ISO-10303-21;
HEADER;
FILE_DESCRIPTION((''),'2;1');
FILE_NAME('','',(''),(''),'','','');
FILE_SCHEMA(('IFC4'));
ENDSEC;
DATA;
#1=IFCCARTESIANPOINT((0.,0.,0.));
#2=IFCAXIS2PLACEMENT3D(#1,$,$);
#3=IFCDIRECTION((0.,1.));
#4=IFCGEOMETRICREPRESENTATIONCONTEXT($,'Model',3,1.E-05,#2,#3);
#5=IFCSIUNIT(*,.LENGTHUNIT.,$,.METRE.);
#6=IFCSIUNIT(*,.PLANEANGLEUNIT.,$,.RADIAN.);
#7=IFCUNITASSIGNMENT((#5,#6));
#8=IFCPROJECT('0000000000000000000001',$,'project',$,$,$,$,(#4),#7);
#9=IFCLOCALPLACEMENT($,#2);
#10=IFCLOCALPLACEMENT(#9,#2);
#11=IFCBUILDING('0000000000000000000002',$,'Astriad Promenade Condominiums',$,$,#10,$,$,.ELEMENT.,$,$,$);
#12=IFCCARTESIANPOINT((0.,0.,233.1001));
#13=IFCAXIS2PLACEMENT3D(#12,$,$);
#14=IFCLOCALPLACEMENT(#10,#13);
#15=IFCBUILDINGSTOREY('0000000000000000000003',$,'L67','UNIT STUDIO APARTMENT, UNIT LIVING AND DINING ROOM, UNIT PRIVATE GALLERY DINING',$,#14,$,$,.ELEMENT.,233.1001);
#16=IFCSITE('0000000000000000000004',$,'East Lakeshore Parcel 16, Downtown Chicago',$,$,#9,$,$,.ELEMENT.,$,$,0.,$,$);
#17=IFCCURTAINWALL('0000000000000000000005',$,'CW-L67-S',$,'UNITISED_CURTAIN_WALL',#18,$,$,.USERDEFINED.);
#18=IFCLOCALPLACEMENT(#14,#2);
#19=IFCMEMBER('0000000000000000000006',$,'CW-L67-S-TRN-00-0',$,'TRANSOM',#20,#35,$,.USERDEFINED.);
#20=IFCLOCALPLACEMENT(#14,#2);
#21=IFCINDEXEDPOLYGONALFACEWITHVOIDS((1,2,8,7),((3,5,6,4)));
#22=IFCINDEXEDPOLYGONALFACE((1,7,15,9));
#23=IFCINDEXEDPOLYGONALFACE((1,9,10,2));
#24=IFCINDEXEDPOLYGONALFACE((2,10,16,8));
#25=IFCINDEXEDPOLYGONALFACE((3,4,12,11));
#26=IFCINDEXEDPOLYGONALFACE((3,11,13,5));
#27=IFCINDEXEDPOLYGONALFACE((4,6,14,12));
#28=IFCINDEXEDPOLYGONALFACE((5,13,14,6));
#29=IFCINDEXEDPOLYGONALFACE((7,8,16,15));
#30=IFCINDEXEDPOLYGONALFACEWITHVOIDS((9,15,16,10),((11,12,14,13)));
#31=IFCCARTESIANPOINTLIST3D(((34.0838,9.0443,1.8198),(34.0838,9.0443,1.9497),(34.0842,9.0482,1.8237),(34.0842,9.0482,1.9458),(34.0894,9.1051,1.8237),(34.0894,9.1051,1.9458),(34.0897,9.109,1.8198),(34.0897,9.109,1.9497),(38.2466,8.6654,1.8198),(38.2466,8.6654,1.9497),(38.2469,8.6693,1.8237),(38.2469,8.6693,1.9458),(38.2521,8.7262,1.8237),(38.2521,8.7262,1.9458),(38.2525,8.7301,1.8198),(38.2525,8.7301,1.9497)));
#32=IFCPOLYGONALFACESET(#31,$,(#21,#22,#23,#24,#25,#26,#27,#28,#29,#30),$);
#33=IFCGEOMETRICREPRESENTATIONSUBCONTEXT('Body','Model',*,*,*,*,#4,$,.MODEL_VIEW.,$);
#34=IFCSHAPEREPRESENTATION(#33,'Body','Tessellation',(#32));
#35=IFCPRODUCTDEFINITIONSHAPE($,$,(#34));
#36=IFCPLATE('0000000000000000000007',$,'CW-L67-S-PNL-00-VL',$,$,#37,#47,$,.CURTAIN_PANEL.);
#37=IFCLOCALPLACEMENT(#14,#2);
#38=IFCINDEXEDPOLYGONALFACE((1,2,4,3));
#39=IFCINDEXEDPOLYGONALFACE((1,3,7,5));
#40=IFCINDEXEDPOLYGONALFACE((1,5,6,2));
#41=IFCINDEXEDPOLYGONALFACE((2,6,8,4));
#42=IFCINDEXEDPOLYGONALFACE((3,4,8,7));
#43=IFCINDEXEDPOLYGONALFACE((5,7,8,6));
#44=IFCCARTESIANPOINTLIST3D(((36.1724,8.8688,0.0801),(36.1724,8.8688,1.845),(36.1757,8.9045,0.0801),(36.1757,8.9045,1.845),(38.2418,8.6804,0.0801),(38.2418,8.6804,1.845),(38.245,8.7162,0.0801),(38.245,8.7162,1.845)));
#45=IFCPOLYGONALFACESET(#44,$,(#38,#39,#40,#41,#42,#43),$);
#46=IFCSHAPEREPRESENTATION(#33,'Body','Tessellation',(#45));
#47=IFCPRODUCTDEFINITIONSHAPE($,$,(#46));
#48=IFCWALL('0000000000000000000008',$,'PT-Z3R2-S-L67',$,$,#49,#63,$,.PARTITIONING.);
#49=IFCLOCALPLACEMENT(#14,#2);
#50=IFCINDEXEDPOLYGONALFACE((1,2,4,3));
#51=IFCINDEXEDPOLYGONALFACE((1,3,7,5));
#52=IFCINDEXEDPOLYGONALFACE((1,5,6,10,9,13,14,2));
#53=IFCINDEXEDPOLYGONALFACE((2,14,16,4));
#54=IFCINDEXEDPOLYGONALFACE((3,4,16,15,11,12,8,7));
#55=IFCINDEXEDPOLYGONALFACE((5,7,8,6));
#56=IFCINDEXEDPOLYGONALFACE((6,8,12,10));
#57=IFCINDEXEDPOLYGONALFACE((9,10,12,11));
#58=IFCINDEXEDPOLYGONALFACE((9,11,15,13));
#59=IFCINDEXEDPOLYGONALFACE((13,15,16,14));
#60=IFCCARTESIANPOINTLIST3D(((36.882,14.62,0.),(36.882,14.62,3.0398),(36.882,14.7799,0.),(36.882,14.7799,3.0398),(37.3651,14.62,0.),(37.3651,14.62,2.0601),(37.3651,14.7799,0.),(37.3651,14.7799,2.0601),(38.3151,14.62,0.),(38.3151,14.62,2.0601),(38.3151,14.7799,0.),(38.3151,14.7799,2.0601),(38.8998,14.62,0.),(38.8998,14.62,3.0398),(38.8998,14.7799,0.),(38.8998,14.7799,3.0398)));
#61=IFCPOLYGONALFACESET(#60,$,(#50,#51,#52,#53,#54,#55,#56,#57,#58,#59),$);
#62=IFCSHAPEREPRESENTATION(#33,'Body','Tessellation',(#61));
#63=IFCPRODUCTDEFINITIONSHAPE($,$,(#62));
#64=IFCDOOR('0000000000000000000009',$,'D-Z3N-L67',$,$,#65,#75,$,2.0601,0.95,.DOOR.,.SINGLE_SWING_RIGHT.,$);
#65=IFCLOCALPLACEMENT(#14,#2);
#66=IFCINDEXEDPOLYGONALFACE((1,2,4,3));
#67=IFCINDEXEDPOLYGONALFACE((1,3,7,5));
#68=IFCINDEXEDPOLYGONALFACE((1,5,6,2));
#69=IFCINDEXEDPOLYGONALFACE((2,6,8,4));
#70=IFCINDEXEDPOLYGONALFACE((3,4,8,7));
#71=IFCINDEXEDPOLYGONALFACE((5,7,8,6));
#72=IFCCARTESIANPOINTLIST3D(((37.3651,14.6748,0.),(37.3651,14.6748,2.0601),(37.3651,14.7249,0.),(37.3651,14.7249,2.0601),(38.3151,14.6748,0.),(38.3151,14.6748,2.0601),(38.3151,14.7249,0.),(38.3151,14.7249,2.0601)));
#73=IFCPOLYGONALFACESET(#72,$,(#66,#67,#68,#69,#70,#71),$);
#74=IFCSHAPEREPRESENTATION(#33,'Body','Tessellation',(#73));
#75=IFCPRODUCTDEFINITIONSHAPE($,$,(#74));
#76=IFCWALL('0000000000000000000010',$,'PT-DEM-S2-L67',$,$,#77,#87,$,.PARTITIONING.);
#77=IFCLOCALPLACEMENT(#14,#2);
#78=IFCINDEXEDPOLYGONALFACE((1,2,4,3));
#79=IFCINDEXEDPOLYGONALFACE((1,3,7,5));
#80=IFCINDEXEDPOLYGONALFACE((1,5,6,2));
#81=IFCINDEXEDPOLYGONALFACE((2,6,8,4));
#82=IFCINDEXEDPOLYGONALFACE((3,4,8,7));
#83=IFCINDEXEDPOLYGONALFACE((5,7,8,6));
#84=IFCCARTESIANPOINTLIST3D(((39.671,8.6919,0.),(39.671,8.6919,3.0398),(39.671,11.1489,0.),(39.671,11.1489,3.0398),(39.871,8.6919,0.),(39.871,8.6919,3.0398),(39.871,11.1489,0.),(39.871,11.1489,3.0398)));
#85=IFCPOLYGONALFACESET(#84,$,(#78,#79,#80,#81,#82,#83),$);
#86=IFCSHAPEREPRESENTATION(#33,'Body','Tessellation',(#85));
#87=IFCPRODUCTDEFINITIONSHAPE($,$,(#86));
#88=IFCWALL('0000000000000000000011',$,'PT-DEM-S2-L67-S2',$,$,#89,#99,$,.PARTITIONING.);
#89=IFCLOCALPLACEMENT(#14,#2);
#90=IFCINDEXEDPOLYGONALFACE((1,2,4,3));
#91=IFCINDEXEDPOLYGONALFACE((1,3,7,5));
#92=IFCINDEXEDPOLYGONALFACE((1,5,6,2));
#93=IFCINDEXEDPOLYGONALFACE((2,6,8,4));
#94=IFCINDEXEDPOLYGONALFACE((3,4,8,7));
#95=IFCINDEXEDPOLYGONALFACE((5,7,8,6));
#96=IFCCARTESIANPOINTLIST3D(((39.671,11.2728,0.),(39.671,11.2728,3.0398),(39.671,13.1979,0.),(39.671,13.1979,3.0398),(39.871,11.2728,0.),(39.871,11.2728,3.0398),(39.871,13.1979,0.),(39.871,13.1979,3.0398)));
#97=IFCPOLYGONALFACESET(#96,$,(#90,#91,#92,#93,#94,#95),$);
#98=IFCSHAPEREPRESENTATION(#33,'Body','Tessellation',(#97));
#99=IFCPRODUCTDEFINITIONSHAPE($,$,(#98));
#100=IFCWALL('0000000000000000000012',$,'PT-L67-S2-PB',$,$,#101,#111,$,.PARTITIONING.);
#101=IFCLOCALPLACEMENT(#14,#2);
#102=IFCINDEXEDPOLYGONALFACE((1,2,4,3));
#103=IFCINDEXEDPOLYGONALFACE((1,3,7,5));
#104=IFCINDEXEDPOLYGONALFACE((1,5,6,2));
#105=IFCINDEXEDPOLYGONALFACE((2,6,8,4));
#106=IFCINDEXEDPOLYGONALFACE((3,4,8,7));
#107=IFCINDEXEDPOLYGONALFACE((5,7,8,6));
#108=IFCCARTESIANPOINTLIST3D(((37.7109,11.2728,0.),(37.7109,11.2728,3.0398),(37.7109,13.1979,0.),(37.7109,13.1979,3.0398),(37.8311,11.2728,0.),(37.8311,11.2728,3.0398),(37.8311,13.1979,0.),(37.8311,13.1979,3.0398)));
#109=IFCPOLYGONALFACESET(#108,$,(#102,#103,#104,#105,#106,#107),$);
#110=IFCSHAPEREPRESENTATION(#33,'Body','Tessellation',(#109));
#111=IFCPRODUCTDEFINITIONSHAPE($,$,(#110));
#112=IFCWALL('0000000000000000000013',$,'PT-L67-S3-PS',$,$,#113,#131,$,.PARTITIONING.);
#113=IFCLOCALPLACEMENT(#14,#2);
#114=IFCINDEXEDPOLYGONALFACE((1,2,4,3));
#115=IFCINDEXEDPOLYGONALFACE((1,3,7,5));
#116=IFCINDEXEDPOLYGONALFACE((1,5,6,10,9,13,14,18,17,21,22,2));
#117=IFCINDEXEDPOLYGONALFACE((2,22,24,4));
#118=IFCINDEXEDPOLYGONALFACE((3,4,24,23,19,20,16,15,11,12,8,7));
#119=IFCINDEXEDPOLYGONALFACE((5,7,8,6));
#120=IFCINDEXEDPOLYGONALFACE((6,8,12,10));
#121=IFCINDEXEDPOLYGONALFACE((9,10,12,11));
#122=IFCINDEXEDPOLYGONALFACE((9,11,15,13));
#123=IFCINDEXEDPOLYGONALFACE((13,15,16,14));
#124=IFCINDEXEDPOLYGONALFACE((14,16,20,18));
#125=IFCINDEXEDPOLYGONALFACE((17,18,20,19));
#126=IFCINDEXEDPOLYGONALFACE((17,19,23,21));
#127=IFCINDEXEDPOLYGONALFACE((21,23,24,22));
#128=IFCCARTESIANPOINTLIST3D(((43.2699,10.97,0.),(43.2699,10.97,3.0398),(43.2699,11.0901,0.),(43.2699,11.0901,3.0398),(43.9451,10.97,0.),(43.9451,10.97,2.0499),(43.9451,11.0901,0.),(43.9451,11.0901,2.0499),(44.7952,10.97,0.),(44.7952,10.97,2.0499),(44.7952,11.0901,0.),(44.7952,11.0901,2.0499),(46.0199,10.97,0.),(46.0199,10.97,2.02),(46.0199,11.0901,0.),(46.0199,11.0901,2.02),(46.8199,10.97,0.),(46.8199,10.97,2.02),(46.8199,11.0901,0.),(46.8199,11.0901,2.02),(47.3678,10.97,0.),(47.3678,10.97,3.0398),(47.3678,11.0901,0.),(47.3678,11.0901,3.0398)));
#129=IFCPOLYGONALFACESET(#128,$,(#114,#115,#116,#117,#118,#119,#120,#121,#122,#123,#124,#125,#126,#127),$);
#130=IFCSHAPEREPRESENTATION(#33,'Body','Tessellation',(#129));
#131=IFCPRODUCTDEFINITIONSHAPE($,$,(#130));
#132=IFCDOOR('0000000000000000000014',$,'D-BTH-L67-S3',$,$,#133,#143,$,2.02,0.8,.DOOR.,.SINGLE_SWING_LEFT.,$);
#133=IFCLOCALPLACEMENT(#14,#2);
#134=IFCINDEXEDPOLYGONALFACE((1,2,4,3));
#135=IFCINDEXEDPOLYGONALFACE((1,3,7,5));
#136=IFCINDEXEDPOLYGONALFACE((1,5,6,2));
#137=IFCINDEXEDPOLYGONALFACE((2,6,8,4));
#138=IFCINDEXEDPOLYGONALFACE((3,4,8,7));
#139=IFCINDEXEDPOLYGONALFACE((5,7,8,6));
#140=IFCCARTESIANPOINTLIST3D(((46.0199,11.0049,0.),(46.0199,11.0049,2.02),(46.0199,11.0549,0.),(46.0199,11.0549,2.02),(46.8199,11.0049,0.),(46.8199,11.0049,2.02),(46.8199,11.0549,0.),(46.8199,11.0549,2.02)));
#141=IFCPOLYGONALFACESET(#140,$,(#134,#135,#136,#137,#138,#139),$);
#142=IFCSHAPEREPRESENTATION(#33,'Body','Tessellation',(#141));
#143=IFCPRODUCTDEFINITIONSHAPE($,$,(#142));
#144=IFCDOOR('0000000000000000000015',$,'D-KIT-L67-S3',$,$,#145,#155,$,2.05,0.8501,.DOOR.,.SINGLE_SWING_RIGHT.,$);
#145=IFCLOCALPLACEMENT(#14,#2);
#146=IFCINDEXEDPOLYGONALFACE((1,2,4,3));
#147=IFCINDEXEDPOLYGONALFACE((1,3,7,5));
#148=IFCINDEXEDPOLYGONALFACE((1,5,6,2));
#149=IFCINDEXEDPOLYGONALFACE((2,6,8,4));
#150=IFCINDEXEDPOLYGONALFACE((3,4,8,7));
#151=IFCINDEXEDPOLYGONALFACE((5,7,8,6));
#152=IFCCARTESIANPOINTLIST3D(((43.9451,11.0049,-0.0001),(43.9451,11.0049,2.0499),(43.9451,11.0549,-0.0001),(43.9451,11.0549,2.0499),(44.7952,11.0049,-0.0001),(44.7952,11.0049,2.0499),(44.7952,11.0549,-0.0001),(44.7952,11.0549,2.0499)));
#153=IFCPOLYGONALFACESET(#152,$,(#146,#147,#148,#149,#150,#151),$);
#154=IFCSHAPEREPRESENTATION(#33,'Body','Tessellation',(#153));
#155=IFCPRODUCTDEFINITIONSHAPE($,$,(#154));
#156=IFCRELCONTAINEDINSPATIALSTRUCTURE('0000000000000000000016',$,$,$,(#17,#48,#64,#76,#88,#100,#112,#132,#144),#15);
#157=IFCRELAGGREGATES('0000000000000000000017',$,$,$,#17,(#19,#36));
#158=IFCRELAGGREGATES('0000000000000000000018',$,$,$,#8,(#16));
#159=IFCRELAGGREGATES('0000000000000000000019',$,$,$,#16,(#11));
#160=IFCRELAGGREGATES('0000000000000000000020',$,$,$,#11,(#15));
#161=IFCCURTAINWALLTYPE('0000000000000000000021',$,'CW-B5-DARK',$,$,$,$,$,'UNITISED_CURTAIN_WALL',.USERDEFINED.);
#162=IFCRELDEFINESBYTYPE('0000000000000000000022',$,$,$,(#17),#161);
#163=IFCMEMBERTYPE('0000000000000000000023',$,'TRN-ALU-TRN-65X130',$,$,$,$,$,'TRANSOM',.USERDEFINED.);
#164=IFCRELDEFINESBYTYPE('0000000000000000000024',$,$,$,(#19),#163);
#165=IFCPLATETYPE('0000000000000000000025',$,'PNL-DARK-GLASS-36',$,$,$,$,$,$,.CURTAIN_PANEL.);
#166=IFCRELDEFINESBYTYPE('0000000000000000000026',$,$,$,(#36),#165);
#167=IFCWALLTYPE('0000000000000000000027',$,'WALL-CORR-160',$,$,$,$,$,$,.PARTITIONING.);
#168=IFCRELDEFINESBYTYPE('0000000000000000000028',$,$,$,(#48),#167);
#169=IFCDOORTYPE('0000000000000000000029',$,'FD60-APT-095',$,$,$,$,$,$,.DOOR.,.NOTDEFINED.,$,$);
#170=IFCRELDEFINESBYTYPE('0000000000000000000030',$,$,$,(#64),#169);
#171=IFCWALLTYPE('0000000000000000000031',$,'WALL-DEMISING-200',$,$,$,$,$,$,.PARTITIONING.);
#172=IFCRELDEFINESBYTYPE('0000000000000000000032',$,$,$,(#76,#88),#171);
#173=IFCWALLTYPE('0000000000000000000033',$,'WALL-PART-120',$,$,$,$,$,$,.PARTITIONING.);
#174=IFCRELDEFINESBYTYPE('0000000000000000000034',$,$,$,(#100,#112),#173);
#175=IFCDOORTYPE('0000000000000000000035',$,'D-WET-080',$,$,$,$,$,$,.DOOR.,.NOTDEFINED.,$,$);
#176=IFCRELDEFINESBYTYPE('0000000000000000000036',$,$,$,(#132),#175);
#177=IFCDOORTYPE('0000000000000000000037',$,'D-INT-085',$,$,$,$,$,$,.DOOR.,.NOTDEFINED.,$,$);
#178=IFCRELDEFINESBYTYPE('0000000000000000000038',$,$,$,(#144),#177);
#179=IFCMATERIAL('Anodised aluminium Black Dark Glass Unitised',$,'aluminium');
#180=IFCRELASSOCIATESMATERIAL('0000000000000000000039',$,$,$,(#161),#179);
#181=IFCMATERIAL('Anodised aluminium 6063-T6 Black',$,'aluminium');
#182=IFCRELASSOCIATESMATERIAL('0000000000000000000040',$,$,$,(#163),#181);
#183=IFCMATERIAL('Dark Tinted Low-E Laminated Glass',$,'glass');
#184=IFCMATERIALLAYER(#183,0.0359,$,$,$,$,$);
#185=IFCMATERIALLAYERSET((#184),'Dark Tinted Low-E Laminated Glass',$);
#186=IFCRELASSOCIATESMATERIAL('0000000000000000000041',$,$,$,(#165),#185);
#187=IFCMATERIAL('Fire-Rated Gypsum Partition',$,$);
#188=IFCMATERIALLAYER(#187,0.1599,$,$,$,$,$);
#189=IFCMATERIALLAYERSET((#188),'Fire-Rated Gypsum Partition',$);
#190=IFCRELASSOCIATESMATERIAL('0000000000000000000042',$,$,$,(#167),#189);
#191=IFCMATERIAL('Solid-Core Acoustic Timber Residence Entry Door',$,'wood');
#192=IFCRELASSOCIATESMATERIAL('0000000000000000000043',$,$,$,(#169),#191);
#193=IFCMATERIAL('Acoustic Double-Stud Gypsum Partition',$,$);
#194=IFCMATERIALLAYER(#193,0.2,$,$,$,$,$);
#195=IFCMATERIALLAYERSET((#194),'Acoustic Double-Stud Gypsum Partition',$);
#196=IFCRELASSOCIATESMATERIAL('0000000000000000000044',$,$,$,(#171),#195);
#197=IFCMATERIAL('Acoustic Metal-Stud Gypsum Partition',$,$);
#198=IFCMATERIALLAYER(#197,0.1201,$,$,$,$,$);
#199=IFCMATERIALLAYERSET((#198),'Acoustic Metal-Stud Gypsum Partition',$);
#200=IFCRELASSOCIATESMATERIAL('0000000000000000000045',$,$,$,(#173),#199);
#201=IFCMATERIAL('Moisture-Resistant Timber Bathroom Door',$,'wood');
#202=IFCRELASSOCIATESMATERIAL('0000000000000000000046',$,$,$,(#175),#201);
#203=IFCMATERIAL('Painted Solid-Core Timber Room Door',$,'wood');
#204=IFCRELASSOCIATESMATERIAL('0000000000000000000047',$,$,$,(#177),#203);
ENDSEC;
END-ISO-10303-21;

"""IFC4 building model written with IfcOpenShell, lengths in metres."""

from ifc_helpers import new_model, si_unit, direction, frame, frame_2d, origin, origin_2d, place, context, subcontext, project, spatial, rectangle, hollow_rectangle, extrude, source, transform, mapped, material, layer, layer_set, material_profile, profile_set, type_object, type_shapes, element, fill, aggregate, save


model = new_model("IFC4")

# Units and contexts
model_context = context("Model", 3, precision=1e-05, world=origin(), true_north=direction((0.0, 1.0)))
body_context = subcontext(model_context, "Body", "Model", "MODEL_VIEW")
ifc_project = project(units=[si_unit("LENGTHUNIT", "METRE"), si_unit("PLANEANGLEUNIT", "RADIAN")], contexts=[model_context])

# Site, building, storey
site_placement = place(None, origin())
site = spatial("IfcSite", under=ifc_project, at=site_placement, Name="East Lakeshore Parcel 16, Downtown Chicago", CompositionType="ELEMENT", RefElevation=0.0)
building_placement = place(site_placement, origin())
building = spatial("IfcBuilding", under=site, at=building_placement, Name="Astriad Promenade Condominiums", CompositionType="ELEMENT")
storey_placement = place(building_placement, frame((0.0, 0.0, 233.1001)))
storey = spatial("IfcBuildingStorey", under=building, at=storey_placement, Name="L67", Description="UNIT STUDIO APARTMENT, UNIT LIVING AND DINING ROOM, UNIT PRIVATE GALLERY DINING", CompositionType="ELEMENT", Elevation=233.1001)

# Curtain wall, member, plate
ifc_material_1 = material(Name="Anodised aluminium Black Dark Glass Unitised", Category="aluminium")
curtain_wall_type = type_object("IfcCurtainWallType", Name="CW-B5-DARK", ElementType="UNITISED_CURTAIN_WALL", PredefinedType="USERDEFINED", material=ifc_material_1)
curtain_wall_placement = place(storey_placement, origin())
curtain_wall = element("IfcCurtainWall", 1, at=curtain_wall_placement, inside=storey, type_object=curtain_wall_type, Name="CW-L67-S", ObjectType="UNITISED_CURTAIN_WALL", PredefinedType="USERDEFINED")
ifc_material_2 = material(Name="Anodised aluminium 6063-T6 Black", Category="aluminium")
ifc_material_profile_1 = material_profile(ifc_material_2, hollow_rectangle(XDim=0.0649, YDim=0.1299, WallThickness=0.0039, at=origin_2d()), Name="ALU-TRN-65X130")
ifc_profile_set_1 = profile_set([ifc_material_profile_1], Name="Anodised aluminium 6063-T6 Black")
member_type_1 = type_object("IfcMemberType", Name="TRN-ALU-TRN-65X130", ElementType="TRANSOM", PredefinedType="USERDEFINED", material=ifc_profile_set_1)
shared_shape_1 = source(origin(), body_context, "Body", "SweptSolid", [
    extrude(hollow_rectangle(XDim=0.0649, YDim=0.1299, WallThickness=0.0039, at=origin_2d()), origin(), (0.0, 0.0, 1.0), 4.1799),
])
type_shapes(member_type_1, [shared_shape_1])
member_1_placement = place(storey_placement, frame((38.2495, 8.6978, 1.8848), z_axis=(-0.995883, 0.090646, 0.0), x_axis=(-0.090646, -0.995883, 0.0)))
member_1 = element("IfcMember", 2, at=member_1_placement, type_object=member_type_1, Name="CW-L67-S-TRN-00-0", ObjectType="TRANSOM", PredefinedType="USERDEFINED", context=body_context, shape_type="MappedRepresentation", body=[
    mapped(shared_shape_1, transform((0.0, 0.0, 0.0), scale=1.0)),
])
ifc_material_3 = material(Name="Dark Tinted Low-E Laminated Glass", Category="glass")
ifc_layer_1 = layer(ifc_material_3, 0.0359)
ifc_layer_set_1 = layer_set([ifc_layer_1], Name="Dark Tinted Low-E Laminated Glass")
plate_type = type_object("IfcPlateType", Name="PNL-DARK-GLASS-36", PredefinedType="CURTAIN_PANEL", material=ifc_layer_set_1)
shared_shape_2 = source(origin(), body_context, "Body", "SweptSolid", [
    extrude(rectangle(XDim=2.0779, YDim=0.0359, at=origin_2d()), origin(), (0.0, 0.0, 1.0), 1.7649),
])
type_shapes(plate_type, [shared_shape_2])
plate_placement = place(storey_placement, frame((37.2087, 8.7925, 0.0801), z_axis=(0.0, 0.0, 1.0), x_axis=(-0.995884, 0.090633, 0.0)))
plate = element("IfcPlate", 3, at=plate_placement, type_object=plate_type, Name="CW-L67-S-PNL-00-VL", PredefinedType="CURTAIN_PANEL", context=body_context, shape_type="MappedRepresentation", body=[
    mapped(shared_shape_2, transform((0.0, 0.0, 0.0), scale=1.0)),
])
aggregate(curtain_wall, [member_1, plate])

# Wall, opening, door
ifc_material_4 = material(Name="Fire-Rated Gypsum Partition")
ifc_layer_2 = layer(ifc_material_4, 0.1599)
ifc_layer_set_2 = layer_set([ifc_layer_2], Name="Fire-Rated Gypsum Partition")
wall_type_1 = type_object("IfcWallType", Name="WALL-CORR-160", PredefinedType="PARTITIONING", material=ifc_layer_set_2)
wall_1_placement = place(storey_placement, frame((36.8821, 14.7, 0.0), z_axis=(0.0, 0.0, 1.0), x_axis=(1.0, 0.0, 0.0)))
wall_1 = element("IfcWall", 4, at=wall_1_placement, inside=storey, type_object=wall_type_1, Name="PT-Z3R2-S-L67", PredefinedType="PARTITIONING", context=body_context, shape_type="SweptSolid", body=[
    extrude(rectangle(XDim=2.0178, YDim=0.1599, at=frame_2d((1.0088, 0.0))), origin(), (0.0, 0.0, 1.0), 3.0398),
])
opening_1_placement = place(wall_1_placement, frame((0.4829, 0.0, 0.0)))
opening_1 = element("IfcOpeningElement", 5, at=opening_1_placement, cuts=wall_1, PredefinedType="OPENING", context=body_context, shape_type="SweptSolid", body=[
    extrude(rectangle(XDim=0.95, YDim=2.0601, at=frame_2d((0.4751, 1.03))), frame((0.0, 0.0898, 0.0), z_axis=(0.0, -1.0, 0.0), x_axis=(1.0, 0.0, 0.0)), (0.0, 0.0, 1.0), 0.1799),
])
ifc_material_5 = material(Name="Solid-Core Acoustic Timber Residence Entry Door", Category="wood")
door_type_1 = type_object("IfcDoorType", Name="FD60-APT-095", OperationType="NOTDEFINED", PredefinedType="DOOR", material=ifc_material_5)
shared_shape_3 = source(origin(), body_context, "Body", "SweptSolid", [
    extrude(rectangle(XDim=0.95, YDim=2.0601, at=frame_2d((0.4751, 1.03))), frame((0.0, 0.0249, 0.0), z_axis=(0.0, -1.0, 0.0), x_axis=(1.0, 0.0, 0.0)), (0.0, 0.0, 1.0), 0.05),
])
type_shapes(door_type_1, [shared_shape_3])
door_1_placement = place(opening_1_placement, origin())
door_1 = element("IfcDoor", 6, at=door_1_placement, inside=storey, type_object=door_type_1, Name="D-Z3N-L67", OperationType="SINGLE_SWING_RIGHT", OverallHeight=2.0601, OverallWidth=0.95, PredefinedType="DOOR", context=body_context, shape_type="MappedRepresentation", body=[
    mapped(shared_shape_3, transform((0.0, 0.0, 0.0), scale=1.0)),
])
fill(opening_1, door_1)

# Walls
ifc_material_6 = material(Name="Acoustic Double-Stud Gypsum Partition")
ifc_layer_3 = layer(ifc_material_6, 0.2)
ifc_layer_set_3 = layer_set([ifc_layer_3], Name="Acoustic Double-Stud Gypsum Partition")
wall_type_2 = type_object("IfcWallType", Name="WALL-DEMISING-200", PredefinedType="PARTITIONING", material=ifc_layer_set_3)
wall_2_placement = place(storey_placement, frame((39.771, 8.6919, 0.0), z_axis=(0.0, 0.0, 1.0), x_axis=(0.0, 1.0, 0.0)))
element("IfcWall", 7, at=wall_2_placement, inside=storey, type_object=wall_type_2, Name="PT-DEM-S2-L67", PredefinedType="PARTITIONING", context=body_context, shape_type="SweptSolid", body=[
    extrude(rectangle(XDim=2.457, YDim=0.2, at=frame_2d((1.2285, 0.0))), origin(), (0.0, 0.0, 1.0), 3.0398),
])
wall_3_placement = place(storey_placement, frame((39.771, 11.2729, 0.0), z_axis=(0.0, 0.0, 1.0), x_axis=(0.0, 1.0, 0.0)))
element("IfcWall", 8, at=wall_3_placement, inside=storey, type_object=wall_type_2, Name="PT-DEM-S2-L67-S2", PredefinedType="PARTITIONING", context=body_context, shape_type="SweptSolid", body=[
    extrude(rectangle(XDim=1.925, YDim=0.2, at=frame_2d((0.9624, 0.0))), origin(), (0.0, 0.0, 1.0), 3.0398),
])
ifc_material_7 = material(Name="Acoustic Metal-Stud Gypsum Partition")
ifc_layer_4 = layer(ifc_material_7, 0.1201)
ifc_layer_set_4 = layer_set([ifc_layer_4], Name="Acoustic Metal-Stud Gypsum Partition")
wall_type_3 = type_object("IfcWallType", Name="WALL-PART-120", PredefinedType="PARTITIONING", material=ifc_layer_set_4)
wall_4_placement = place(storey_placement, frame((37.771, 11.2729, 0.0), z_axis=(0.0, 0.0, 1.0), x_axis=(0.0, 1.0, 0.0)))
element("IfcWall", 9, at=wall_4_placement, inside=storey, type_object=wall_type_3, Name="PT-L67-S2-PB", PredefinedType="PARTITIONING", context=body_context, shape_type="SweptSolid", body=[
    extrude(rectangle(XDim=1.925, YDim=0.1201, at=frame_2d((0.9624, 0.0))), origin(), (0.0, 0.0, 1.0), 3.0398),
])

# Wall, openings, doors
wall_5_placement = place(storey_placement, frame((43.27, 11.03, 0.0), z_axis=(0.0, 0.0, 1.0), x_axis=(1.0, 0.0, 0.0)))
wall_5 = element("IfcWall", 10, at=wall_5_placement, inside=storey, type_object=wall_type_3, Name="PT-L67-S3-PS", PredefinedType="PARTITIONING", context=body_context, shape_type="SweptSolid", body=[
    extrude(rectangle(XDim=4.0979, YDim=0.1201, at=frame_2d((2.0488, 0.0))), origin(), (0.0, 0.0, 1.0), 3.0398),
])
opening_2_placement = place(wall_5_placement, frame((0.675, 0.0, 0.0)))
opening_2 = element("IfcOpeningElement", 11, at=opening_2_placement, cuts=wall_5, PredefinedType="OPENING", context=body_context, shape_type="SweptSolid", body=[
    extrude(rectangle(XDim=0.8501, YDim=2.05, at=frame_2d((0.425, 1.0249))), frame((0.0, 0.0701, 0.0), z_axis=(0.0, -1.0, 0.0), x_axis=(1.0, 0.0, 0.0)), (0.0, 0.0, 1.0), 0.1401),
])
opening_3_placement = place(wall_5_placement, frame((2.75, 0.0, 0.0)))
opening_3 = element("IfcOpeningElement", 12, at=opening_3_placement, cuts=wall_5, PredefinedType="OPENING", context=body_context, shape_type="SweptSolid", body=[
    extrude(rectangle(XDim=0.8, YDim=2.02, at=frame_2d((0.3999, 1.01))), frame((0.0, 0.0701, 0.0), z_axis=(0.0, -1.0, 0.0), x_axis=(1.0, 0.0, 0.0)), (0.0, 0.0, 1.0), 0.1401),
])
ifc_material_8 = material(Name="Moisture-Resistant Timber Bathroom Door", Category="wood")
door_type_2 = type_object("IfcDoorType", Name="D-WET-080", OperationType="NOTDEFINED", PredefinedType="DOOR", material=ifc_material_8)
shared_shape_4 = source(origin(), body_context, "Body", "SweptSolid", [
    extrude(rectangle(XDim=0.8, YDim=2.02, at=frame_2d((0.3999, 1.01))), frame((0.0, 0.0249, 0.0), z_axis=(0.0, -1.0, 0.0), x_axis=(1.0, 0.0, 0.0)), (0.0, 0.0, 1.0), 0.05),
])
type_shapes(door_type_2, [shared_shape_4])
door_2_placement = place(opening_3_placement, origin())
door_2 = element("IfcDoor", 13, at=door_2_placement, inside=storey, type_object=door_type_2, Name="D-BTH-L67-S3", OperationType="SINGLE_SWING_LEFT", OverallHeight=2.02, OverallWidth=0.8, PredefinedType="DOOR", context=body_context, shape_type="MappedRepresentation", body=[
    mapped(shared_shape_4, transform((0.0, 0.0, 0.0), scale=1.0)),
])
fill(opening_3, door_2)
ifc_material_9 = material(Name="Painted Solid-Core Timber Room Door", Category="wood")
door_type_3 = type_object("IfcDoorType", Name="D-INT-085", OperationType="NOTDEFINED", PredefinedType="DOOR", material=ifc_material_9)
shared_shape_5 = source(origin(), body_context, "Body", "SweptSolid", [
    extrude(rectangle(XDim=0.8501, YDim=2.05, at=frame_2d((0.425, 1.0249))), frame((0.0, 0.0249, 0.0), z_axis=(0.0, -1.0, 0.0), x_axis=(1.0, 0.0, 0.0)), (0.0, 0.0, 1.0), 0.05),
])
type_shapes(door_type_3, [shared_shape_5])
door_3_placement = place(opening_2_placement, origin())
door_3 = element("IfcDoor", 14, at=door_3_placement, inside=storey, type_object=door_type_3, Name="D-KIT-L67-S3", OperationType="SINGLE_SWING_RIGHT", OverallHeight=2.05, OverallWidth=0.8501, PredefinedType="DOOR", context=body_context, shape_type="MappedRepresentation", body=[
    mapped(shared_shape_5, transform((0.0, 0.0, 0.0), scale=1.0)),
])
fill(opening_2, door_3)

save(model, "model.ifc")
